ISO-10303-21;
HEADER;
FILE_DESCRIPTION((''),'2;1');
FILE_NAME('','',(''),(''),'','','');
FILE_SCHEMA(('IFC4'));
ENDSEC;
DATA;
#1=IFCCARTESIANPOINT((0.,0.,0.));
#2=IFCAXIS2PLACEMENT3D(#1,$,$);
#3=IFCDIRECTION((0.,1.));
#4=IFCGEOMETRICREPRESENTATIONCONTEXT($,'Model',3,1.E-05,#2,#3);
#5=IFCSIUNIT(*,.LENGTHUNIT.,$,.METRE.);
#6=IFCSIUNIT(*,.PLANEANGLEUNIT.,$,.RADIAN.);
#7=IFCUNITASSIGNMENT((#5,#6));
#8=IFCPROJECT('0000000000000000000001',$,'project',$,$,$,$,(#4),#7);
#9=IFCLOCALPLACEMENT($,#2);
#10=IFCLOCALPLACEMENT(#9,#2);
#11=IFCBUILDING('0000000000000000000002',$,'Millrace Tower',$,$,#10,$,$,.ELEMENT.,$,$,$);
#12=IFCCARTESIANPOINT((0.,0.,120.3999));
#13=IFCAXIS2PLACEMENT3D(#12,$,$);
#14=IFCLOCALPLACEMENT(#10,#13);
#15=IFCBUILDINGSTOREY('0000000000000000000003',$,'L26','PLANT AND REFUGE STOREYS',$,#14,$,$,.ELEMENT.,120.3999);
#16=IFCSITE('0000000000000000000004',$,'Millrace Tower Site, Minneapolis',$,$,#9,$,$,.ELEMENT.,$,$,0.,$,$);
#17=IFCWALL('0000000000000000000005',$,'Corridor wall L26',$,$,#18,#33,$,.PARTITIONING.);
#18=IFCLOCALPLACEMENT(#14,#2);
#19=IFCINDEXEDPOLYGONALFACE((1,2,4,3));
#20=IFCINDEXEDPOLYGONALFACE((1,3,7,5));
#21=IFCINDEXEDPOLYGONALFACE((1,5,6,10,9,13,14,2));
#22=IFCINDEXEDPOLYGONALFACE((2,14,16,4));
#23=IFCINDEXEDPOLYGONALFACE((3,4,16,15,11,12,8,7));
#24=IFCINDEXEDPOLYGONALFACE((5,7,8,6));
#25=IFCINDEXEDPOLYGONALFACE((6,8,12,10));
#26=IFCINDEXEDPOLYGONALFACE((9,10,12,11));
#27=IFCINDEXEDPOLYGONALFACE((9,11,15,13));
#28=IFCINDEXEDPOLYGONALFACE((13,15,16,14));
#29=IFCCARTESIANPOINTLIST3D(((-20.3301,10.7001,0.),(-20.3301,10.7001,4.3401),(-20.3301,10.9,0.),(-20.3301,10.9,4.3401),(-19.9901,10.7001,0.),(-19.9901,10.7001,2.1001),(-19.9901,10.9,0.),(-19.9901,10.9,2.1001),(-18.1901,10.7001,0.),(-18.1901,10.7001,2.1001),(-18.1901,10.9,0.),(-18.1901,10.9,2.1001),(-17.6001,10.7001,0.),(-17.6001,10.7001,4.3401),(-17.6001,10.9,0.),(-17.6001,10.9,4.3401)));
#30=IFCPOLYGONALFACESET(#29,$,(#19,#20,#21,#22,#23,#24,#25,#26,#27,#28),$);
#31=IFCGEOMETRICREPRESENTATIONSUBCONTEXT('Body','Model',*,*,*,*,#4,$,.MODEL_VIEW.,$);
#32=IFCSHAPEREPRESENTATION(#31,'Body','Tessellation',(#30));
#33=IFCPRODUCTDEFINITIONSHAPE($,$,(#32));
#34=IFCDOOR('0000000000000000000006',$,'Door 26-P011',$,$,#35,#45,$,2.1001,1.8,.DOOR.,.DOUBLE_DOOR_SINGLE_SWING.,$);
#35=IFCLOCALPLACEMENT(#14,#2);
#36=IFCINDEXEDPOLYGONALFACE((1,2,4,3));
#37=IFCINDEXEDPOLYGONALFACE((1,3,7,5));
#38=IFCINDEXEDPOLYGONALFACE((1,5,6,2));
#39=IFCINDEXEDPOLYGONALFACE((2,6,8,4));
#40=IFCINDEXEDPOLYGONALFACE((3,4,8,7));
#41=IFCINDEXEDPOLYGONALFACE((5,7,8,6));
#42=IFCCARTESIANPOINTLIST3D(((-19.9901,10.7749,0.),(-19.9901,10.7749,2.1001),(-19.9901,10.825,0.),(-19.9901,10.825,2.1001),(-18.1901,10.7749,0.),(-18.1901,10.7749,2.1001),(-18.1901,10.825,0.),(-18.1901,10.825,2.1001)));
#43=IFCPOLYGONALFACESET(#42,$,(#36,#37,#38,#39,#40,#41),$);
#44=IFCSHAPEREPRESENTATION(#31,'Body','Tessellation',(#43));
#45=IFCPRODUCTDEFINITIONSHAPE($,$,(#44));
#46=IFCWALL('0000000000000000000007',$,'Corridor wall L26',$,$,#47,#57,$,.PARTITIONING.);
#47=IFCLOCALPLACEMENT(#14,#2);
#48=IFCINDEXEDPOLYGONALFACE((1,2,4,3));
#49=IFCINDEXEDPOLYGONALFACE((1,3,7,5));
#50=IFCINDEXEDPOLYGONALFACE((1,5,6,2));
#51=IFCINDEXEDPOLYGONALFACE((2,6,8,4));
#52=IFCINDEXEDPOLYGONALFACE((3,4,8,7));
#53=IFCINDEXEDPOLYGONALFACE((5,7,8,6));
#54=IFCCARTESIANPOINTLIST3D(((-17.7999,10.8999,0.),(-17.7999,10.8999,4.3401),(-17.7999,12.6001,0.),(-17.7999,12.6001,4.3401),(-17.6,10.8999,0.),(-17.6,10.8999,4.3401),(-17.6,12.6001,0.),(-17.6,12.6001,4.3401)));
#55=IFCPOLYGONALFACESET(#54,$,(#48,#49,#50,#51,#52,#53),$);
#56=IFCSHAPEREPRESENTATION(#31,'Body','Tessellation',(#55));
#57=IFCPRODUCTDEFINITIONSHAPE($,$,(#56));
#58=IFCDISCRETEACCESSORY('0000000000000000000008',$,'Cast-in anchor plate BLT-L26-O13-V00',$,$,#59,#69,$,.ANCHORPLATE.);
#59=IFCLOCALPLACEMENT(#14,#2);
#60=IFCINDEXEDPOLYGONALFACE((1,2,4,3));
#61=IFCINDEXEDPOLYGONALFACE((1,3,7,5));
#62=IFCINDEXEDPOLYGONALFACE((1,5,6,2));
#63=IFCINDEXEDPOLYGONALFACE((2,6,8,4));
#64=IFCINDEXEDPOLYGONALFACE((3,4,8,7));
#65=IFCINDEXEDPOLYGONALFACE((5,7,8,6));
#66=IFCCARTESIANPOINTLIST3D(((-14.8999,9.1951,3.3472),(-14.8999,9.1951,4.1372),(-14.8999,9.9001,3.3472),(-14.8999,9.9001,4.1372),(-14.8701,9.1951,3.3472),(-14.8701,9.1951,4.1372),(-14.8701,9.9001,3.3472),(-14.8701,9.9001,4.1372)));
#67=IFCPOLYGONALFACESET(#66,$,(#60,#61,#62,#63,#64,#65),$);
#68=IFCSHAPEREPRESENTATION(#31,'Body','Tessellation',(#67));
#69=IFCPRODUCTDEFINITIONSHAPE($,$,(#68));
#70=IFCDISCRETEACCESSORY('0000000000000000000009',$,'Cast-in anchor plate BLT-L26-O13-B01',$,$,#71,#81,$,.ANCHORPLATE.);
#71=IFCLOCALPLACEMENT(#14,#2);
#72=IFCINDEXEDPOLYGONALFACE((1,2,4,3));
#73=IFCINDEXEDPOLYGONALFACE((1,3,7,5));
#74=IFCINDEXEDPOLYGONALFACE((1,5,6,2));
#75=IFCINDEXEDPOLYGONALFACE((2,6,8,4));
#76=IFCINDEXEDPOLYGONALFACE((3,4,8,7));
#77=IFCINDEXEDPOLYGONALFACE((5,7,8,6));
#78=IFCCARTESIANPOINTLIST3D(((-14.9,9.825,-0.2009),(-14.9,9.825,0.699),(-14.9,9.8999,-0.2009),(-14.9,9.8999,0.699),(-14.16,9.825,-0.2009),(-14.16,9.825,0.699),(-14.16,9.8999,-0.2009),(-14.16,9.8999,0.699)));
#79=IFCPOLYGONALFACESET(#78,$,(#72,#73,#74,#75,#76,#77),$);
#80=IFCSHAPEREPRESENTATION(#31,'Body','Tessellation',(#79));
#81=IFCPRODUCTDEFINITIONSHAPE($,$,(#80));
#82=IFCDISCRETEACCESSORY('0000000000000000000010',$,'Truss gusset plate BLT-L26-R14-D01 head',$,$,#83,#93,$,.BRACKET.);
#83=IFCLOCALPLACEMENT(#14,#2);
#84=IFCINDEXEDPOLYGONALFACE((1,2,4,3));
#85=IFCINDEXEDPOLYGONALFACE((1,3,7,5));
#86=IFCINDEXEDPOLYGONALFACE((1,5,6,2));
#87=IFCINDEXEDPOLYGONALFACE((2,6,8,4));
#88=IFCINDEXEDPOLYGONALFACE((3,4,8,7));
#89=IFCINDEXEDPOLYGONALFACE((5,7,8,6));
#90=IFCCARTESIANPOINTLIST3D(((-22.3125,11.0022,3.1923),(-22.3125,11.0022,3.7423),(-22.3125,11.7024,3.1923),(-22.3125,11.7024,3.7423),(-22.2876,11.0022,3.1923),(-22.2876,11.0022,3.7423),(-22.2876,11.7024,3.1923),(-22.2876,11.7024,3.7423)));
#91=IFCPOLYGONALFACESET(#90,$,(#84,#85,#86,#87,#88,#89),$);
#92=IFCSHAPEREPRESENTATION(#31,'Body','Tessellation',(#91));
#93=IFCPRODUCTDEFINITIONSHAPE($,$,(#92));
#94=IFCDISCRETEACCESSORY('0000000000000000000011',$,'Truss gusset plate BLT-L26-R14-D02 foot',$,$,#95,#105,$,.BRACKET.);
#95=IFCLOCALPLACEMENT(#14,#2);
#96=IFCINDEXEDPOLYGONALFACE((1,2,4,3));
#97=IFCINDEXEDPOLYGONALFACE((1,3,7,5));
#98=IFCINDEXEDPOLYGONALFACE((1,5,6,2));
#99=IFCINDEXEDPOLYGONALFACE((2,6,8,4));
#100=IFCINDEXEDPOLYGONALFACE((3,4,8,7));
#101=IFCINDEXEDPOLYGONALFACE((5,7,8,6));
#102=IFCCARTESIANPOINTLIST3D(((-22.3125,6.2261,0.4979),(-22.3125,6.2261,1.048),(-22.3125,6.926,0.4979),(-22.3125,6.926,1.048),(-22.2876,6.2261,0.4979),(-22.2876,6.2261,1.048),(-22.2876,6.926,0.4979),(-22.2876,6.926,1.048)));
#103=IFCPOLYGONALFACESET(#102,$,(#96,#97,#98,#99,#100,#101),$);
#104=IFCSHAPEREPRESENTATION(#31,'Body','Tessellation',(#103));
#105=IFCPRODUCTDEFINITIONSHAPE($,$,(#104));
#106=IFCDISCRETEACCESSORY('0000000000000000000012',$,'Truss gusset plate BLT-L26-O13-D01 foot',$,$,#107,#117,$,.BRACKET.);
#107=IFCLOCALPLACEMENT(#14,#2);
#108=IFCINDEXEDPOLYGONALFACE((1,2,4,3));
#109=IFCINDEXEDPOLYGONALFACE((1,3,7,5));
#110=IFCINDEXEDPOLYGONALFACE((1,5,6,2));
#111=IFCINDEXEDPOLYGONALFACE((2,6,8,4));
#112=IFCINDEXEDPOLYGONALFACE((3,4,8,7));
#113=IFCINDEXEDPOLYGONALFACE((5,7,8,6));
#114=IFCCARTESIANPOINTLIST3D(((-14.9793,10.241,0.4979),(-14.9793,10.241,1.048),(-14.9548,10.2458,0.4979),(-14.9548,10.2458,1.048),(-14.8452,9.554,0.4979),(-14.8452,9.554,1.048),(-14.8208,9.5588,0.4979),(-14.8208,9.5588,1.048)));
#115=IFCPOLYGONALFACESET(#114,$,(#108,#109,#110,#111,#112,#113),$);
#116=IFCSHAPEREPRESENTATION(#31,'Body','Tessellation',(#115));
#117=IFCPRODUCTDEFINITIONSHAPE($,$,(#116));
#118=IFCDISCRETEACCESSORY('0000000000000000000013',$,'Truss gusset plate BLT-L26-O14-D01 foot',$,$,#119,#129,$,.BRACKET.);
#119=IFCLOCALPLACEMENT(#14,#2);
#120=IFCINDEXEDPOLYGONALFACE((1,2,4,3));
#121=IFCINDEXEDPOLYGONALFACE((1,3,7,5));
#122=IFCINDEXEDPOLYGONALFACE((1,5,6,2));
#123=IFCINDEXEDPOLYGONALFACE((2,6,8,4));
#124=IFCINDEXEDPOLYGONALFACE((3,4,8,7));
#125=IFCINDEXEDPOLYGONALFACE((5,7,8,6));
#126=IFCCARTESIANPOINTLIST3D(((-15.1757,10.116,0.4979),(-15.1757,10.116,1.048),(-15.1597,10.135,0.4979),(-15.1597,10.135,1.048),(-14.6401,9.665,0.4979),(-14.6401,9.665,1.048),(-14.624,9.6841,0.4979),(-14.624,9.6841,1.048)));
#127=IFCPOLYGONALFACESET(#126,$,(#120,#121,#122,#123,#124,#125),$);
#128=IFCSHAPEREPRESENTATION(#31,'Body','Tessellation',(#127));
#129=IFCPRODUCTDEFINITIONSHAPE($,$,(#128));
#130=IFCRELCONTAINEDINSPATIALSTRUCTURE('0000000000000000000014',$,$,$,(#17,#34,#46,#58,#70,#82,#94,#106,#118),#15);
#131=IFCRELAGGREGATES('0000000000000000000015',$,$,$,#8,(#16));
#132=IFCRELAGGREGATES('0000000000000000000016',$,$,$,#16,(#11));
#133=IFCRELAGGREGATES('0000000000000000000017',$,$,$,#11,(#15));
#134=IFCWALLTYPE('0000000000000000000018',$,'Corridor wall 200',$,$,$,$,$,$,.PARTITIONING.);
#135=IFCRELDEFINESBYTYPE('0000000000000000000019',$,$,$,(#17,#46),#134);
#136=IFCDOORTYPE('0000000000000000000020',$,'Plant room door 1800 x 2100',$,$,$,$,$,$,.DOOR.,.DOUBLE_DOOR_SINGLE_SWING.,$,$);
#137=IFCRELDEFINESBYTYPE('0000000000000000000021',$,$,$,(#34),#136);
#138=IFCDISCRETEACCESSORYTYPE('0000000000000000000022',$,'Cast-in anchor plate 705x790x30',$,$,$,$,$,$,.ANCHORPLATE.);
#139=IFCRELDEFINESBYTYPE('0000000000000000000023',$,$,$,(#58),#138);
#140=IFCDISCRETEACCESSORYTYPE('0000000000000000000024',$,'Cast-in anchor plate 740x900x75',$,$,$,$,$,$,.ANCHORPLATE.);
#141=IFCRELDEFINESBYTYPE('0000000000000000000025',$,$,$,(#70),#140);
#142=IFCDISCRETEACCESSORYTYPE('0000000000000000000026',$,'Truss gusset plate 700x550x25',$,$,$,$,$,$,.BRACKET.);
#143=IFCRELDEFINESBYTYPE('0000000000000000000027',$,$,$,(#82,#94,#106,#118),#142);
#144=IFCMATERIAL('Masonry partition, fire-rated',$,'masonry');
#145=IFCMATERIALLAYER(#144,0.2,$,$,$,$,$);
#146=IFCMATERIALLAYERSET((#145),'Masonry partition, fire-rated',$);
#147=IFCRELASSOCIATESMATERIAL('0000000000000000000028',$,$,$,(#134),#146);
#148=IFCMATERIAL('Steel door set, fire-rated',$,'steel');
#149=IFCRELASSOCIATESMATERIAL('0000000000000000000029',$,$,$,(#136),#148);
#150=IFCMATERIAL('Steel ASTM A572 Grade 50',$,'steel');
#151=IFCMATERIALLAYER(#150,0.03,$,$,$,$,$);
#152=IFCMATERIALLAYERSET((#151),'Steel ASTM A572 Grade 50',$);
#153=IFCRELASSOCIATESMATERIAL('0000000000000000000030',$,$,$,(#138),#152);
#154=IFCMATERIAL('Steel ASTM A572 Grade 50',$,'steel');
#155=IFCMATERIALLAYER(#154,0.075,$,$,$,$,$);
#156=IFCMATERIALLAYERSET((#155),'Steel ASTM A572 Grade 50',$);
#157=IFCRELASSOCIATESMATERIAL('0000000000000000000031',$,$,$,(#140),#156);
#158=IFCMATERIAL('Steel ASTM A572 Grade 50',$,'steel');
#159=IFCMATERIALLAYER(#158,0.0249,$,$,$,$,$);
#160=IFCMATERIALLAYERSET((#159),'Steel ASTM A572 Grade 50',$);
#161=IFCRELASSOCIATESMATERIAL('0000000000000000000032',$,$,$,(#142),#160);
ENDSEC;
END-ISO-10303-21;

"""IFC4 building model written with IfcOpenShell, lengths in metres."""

from ifc_helpers import new_model, si_unit, direction, frame, frame_2d, origin, origin_2d, place, context, subcontext, project, spatial, rectangle, extrude, material, layer, layer_set, type_object, element, fill, save


model = new_model("IFC4")

# Units and contexts
model_context = context("Model", 3, precision=1e-05, world=origin(), true_north=direction((0.0, 1.0)))
body_context = subcontext(model_context, "Body", "Model", "MODEL_VIEW")
ifc_project = project(units=[si_unit("LENGTHUNIT", "METRE"), si_unit("PLANEANGLEUNIT", "RADIAN")], contexts=[model_context])

# Site, building, storey
site_placement = place(None, origin())
site = spatial("IfcSite", under=ifc_project, at=site_placement, Name="Millrace Tower Site, Minneapolis", CompositionType="ELEMENT", RefElevation=0.0)
building_placement = place(site_placement, origin())
building = spatial("IfcBuilding", under=site, at=building_placement, Name="Millrace Tower", CompositionType="ELEMENT")
storey_placement = place(building_placement, frame((0.0, 0.0, 120.3999)))
storey = spatial("IfcBuildingStorey", under=building, at=storey_placement, Name="L26", Description="PLANT AND REFUGE STOREYS", CompositionType="ELEMENT", Elevation=120.3999)

# Wall, opening, door
ifc_material_1 = material(Name="Masonry partition, fire-rated", Category="masonry")
ifc_layer_1 = layer(ifc_material_1, 0.2)
ifc_layer_set_1 = layer_set([ifc_layer_1], Name="Masonry partition, fire-rated")
wall_type_1 = type_object("IfcWallType", Name="Corridor wall 200", PredefinedType="PARTITIONING", material=ifc_layer_set_1)
wall_1_placement = place(storey_placement, frame((-20.3301, 10.8, 0.0), z_axis=(0.0, 0.0, 1.0), x_axis=(1.0, 0.0, 0.0)))
wall_1 = element("IfcWall", 1, at=wall_1_placement, inside=storey, type_object=wall_type_1, Name="Corridor wall L26", PredefinedType="PARTITIONING", context=body_context, shape_type="SweptSolid", body=[
    extrude(rectangle(XDim=2.73, YDim=0.2, at=frame_2d((1.365, 0.0))), origin(), (0.0, 0.0, 1.0), 4.3401),
])
opening_placement = place(wall_1_placement, frame((0.3401, 0.0, 0.0)))
opening = element("IfcOpeningElement", 2, at=opening_placement, cuts=wall_1, PredefinedType="OPENING", context=body_context, shape_type="SweptSolid", body=[
    extrude(rectangle(XDim=1.8, YDim=2.1001, at=frame_2d((0.8999, 1.05))), frame((0.0, 0.1099, 0.0), z_axis=(0.0, -1.0, 0.0), x_axis=(1.0, 0.0, 0.0)), (0.0, 0.0, 1.0), 0.22),
])
ifc_material_2 = material(Name="Steel door set, fire-rated", Category="steel")
door_type = type_object("IfcDoorType", Name="Plant room door 1800 x 2100", OperationType="DOUBLE_DOOR_SINGLE_SWING", PredefinedType="DOOR", material=ifc_material_2)
door_placement = place(opening_placement, origin())
door = element("IfcDoor", 3, at=door_placement, inside=storey, type_object=door_type, Name="Door 26-P011", OperationType="DOUBLE_DOOR_SINGLE_SWING", OverallHeight=2.1001, OverallWidth=1.8, PredefinedType="DOOR", context=body_context, shape_type="SweptSolid", body=[
    extrude(rectangle(XDim=1.8, YDim=2.1001, at=frame_2d((0.8999, 1.05))), frame((0.0, 0.0249, 0.0), z_axis=(0.0, -1.0, 0.0), x_axis=(1.0, 0.0, 0.0)), (0.0, 0.0, 1.0), 0.05),
])
fill(opening, door)

# Wall
wall_2_placement = place(storey_placement, frame((-17.7, 10.8999, 0.0), z_axis=(0.0, 0.0, 1.0), x_axis=(0.0, 1.0, 0.0)))
element("IfcWall", 4, at=wall_2_placement, inside=storey, type_object=wall_type_1, Name="Corridor wall L26", PredefinedType="PARTITIONING", context=body_context, shape_type="SweptSolid", body=[
    extrude(rectangle(XDim=1.7002, YDim=0.2, at=frame_2d((0.8501, 0.0))), origin(), (0.0, 0.0, 1.0), 4.3401),
])

# Discrete accessories
ifc_material_3 = material(Name="Steel ASTM A572 Grade 50", Category="steel")
ifc_layer_2 = layer(ifc_material_3, 0.03)
ifc_layer_set_2 = layer_set([ifc_layer_2], Name="Steel ASTM A572 Grade 50")
discrete_accessory_type_1 = type_object("IfcDiscreteAccessoryType", Name="Cast-in anchor plate 705x790x30", PredefinedType="ANCHORPLATE", material=ifc_layer_set_2)
discrete_accessory_1_placement = place(storey_placement, frame((-14.8701, 9.5476, 3.7422), z_axis=(-1.0, 0.0, 0.0), x_axis=(0.0, -1.0, 0.0)))
element("IfcDiscreteAccessory", 5, at=discrete_accessory_1_placement, inside=storey, type_object=discrete_accessory_type_1, Name="Cast-in anchor plate BLT-L26-O13-V00", PredefinedType="ANCHORPLATE", context=body_context, shape_type="SweptSolid", body=[
    extrude(rectangle(XDim=0.7051, YDim=0.79, at=origin_2d()), origin(), (0.0, 0.0, 1.0), 0.0298),
])
ifc_material_4 = material(Name="Steel ASTM A572 Grade 50", Category="steel")
ifc_layer_3 = layer(ifc_material_4, 0.075)
ifc_layer_set_3 = layer_set([ifc_layer_3], Name="Steel ASTM A572 Grade 50")
discrete_accessory_type_2 = type_object("IfcDiscreteAccessoryType", Name="Cast-in anchor plate 740x900x75", PredefinedType="ANCHORPLATE", material=ifc_layer_set_3)
discrete_accessory_2_placement = place(storey_placement, frame((-14.53, 9.825, 0.249), z_axis=(0.0, 1.0, 0.0), x_axis=(-1.0, 0.0, 0.0)))
element("IfcDiscreteAccessory", 6, at=discrete_accessory_2_placement, inside=storey, type_object=discrete_accessory_type_2, Name="Cast-in anchor plate BLT-L26-O13-B01", PredefinedType="ANCHORPLATE", context=body_context, shape_type="SweptSolid", body=[
    extrude(rectangle(XDim=0.74, YDim=0.8999, at=origin_2d()), origin(), (0.0, 0.0, 1.0), 0.075),
])
ifc_material_5 = material(Name="Steel ASTM A572 Grade 50", Category="steel")
ifc_layer_4 = layer(ifc_material_5, 0.0249)
ifc_layer_set_4 = layer_set([ifc_layer_4], Name="Steel ASTM A572 Grade 50")
discrete_accessory_type_3 = type_object("IfcDiscreteAccessoryType", Name="Truss gusset plate 700x550x25", PredefinedType="BRACKET", material=ifc_layer_set_4)
discrete_accessory_3_placement = place(storey_placement, frame((-22.3, 11.0022, 3.4673), z_axis=(0.0, 1.0, 0.0), x_axis=(-1.0, 0.0, 0.0)))
element("IfcDiscreteAccessory", 7, at=discrete_accessory_3_placement, inside=storey, type_object=discrete_accessory_type_3, Name="Truss gusset plate BLT-L26-R14-D01 head", PredefinedType="BRACKET", context=body_context, shape_type="SweptSolid", body=[
    extrude(rectangle(XDim=0.0249, YDim=0.55, at=origin_2d()), origin(), (0.0, 0.0, 1.0), 0.7002),
])
for number, where, z_axis, x_axis, name in (
    (8, (-22.3, 6.2261, 0.7729), (0.0, 1.0, 0.0), (-1.0, 0.0, 0.0), "Truss gusset plate BLT-L26-R14-D02 foot"),
    (9, (-14.967, 10.2434, 0.7729), (0.191486, -0.981495, 0.0), (0.981495, 0.191486, 0.0), "Truss gusset plate BLT-L26-O13-D01 foot"),
):
    element("IfcDiscreteAccessory", number, at=place(storey_placement, frame(where, z_axis=z_axis, x_axis=x_axis)), inside=storey, type_object=discrete_accessory_type_3, Name=name, PredefinedType="BRACKET", context=body_context, shape_type="SweptSolid", body=[
        extrude(rectangle(XDim=0.0249, YDim=0.55, at=origin_2d()), origin(), (0.0, 0.0, 1.0), 0.7),
    ])
discrete_accessory_4_placement = place(storey_placement, frame((-15.1677, 10.1255, 0.7729), z_axis=(0.765011, -0.644018, 0.0), x_axis=(0.644018, 0.765011, 0.0)))
element("IfcDiscreteAccessory", 10, at=discrete_accessory_4_placement, inside=storey, type_object=discrete_accessory_type_3, Name="Truss gusset plate BLT-L26-O14-D01 foot", PredefinedType="BRACKET", context=body_context, shape_type="SweptSolid", body=[
    extrude(rectangle(XDim=0.0249, YDim=0.55, at=origin_2d()), origin(), (0.0, 0.0, 1.0), 0.7002),
])

save(model, "model.ifc")
